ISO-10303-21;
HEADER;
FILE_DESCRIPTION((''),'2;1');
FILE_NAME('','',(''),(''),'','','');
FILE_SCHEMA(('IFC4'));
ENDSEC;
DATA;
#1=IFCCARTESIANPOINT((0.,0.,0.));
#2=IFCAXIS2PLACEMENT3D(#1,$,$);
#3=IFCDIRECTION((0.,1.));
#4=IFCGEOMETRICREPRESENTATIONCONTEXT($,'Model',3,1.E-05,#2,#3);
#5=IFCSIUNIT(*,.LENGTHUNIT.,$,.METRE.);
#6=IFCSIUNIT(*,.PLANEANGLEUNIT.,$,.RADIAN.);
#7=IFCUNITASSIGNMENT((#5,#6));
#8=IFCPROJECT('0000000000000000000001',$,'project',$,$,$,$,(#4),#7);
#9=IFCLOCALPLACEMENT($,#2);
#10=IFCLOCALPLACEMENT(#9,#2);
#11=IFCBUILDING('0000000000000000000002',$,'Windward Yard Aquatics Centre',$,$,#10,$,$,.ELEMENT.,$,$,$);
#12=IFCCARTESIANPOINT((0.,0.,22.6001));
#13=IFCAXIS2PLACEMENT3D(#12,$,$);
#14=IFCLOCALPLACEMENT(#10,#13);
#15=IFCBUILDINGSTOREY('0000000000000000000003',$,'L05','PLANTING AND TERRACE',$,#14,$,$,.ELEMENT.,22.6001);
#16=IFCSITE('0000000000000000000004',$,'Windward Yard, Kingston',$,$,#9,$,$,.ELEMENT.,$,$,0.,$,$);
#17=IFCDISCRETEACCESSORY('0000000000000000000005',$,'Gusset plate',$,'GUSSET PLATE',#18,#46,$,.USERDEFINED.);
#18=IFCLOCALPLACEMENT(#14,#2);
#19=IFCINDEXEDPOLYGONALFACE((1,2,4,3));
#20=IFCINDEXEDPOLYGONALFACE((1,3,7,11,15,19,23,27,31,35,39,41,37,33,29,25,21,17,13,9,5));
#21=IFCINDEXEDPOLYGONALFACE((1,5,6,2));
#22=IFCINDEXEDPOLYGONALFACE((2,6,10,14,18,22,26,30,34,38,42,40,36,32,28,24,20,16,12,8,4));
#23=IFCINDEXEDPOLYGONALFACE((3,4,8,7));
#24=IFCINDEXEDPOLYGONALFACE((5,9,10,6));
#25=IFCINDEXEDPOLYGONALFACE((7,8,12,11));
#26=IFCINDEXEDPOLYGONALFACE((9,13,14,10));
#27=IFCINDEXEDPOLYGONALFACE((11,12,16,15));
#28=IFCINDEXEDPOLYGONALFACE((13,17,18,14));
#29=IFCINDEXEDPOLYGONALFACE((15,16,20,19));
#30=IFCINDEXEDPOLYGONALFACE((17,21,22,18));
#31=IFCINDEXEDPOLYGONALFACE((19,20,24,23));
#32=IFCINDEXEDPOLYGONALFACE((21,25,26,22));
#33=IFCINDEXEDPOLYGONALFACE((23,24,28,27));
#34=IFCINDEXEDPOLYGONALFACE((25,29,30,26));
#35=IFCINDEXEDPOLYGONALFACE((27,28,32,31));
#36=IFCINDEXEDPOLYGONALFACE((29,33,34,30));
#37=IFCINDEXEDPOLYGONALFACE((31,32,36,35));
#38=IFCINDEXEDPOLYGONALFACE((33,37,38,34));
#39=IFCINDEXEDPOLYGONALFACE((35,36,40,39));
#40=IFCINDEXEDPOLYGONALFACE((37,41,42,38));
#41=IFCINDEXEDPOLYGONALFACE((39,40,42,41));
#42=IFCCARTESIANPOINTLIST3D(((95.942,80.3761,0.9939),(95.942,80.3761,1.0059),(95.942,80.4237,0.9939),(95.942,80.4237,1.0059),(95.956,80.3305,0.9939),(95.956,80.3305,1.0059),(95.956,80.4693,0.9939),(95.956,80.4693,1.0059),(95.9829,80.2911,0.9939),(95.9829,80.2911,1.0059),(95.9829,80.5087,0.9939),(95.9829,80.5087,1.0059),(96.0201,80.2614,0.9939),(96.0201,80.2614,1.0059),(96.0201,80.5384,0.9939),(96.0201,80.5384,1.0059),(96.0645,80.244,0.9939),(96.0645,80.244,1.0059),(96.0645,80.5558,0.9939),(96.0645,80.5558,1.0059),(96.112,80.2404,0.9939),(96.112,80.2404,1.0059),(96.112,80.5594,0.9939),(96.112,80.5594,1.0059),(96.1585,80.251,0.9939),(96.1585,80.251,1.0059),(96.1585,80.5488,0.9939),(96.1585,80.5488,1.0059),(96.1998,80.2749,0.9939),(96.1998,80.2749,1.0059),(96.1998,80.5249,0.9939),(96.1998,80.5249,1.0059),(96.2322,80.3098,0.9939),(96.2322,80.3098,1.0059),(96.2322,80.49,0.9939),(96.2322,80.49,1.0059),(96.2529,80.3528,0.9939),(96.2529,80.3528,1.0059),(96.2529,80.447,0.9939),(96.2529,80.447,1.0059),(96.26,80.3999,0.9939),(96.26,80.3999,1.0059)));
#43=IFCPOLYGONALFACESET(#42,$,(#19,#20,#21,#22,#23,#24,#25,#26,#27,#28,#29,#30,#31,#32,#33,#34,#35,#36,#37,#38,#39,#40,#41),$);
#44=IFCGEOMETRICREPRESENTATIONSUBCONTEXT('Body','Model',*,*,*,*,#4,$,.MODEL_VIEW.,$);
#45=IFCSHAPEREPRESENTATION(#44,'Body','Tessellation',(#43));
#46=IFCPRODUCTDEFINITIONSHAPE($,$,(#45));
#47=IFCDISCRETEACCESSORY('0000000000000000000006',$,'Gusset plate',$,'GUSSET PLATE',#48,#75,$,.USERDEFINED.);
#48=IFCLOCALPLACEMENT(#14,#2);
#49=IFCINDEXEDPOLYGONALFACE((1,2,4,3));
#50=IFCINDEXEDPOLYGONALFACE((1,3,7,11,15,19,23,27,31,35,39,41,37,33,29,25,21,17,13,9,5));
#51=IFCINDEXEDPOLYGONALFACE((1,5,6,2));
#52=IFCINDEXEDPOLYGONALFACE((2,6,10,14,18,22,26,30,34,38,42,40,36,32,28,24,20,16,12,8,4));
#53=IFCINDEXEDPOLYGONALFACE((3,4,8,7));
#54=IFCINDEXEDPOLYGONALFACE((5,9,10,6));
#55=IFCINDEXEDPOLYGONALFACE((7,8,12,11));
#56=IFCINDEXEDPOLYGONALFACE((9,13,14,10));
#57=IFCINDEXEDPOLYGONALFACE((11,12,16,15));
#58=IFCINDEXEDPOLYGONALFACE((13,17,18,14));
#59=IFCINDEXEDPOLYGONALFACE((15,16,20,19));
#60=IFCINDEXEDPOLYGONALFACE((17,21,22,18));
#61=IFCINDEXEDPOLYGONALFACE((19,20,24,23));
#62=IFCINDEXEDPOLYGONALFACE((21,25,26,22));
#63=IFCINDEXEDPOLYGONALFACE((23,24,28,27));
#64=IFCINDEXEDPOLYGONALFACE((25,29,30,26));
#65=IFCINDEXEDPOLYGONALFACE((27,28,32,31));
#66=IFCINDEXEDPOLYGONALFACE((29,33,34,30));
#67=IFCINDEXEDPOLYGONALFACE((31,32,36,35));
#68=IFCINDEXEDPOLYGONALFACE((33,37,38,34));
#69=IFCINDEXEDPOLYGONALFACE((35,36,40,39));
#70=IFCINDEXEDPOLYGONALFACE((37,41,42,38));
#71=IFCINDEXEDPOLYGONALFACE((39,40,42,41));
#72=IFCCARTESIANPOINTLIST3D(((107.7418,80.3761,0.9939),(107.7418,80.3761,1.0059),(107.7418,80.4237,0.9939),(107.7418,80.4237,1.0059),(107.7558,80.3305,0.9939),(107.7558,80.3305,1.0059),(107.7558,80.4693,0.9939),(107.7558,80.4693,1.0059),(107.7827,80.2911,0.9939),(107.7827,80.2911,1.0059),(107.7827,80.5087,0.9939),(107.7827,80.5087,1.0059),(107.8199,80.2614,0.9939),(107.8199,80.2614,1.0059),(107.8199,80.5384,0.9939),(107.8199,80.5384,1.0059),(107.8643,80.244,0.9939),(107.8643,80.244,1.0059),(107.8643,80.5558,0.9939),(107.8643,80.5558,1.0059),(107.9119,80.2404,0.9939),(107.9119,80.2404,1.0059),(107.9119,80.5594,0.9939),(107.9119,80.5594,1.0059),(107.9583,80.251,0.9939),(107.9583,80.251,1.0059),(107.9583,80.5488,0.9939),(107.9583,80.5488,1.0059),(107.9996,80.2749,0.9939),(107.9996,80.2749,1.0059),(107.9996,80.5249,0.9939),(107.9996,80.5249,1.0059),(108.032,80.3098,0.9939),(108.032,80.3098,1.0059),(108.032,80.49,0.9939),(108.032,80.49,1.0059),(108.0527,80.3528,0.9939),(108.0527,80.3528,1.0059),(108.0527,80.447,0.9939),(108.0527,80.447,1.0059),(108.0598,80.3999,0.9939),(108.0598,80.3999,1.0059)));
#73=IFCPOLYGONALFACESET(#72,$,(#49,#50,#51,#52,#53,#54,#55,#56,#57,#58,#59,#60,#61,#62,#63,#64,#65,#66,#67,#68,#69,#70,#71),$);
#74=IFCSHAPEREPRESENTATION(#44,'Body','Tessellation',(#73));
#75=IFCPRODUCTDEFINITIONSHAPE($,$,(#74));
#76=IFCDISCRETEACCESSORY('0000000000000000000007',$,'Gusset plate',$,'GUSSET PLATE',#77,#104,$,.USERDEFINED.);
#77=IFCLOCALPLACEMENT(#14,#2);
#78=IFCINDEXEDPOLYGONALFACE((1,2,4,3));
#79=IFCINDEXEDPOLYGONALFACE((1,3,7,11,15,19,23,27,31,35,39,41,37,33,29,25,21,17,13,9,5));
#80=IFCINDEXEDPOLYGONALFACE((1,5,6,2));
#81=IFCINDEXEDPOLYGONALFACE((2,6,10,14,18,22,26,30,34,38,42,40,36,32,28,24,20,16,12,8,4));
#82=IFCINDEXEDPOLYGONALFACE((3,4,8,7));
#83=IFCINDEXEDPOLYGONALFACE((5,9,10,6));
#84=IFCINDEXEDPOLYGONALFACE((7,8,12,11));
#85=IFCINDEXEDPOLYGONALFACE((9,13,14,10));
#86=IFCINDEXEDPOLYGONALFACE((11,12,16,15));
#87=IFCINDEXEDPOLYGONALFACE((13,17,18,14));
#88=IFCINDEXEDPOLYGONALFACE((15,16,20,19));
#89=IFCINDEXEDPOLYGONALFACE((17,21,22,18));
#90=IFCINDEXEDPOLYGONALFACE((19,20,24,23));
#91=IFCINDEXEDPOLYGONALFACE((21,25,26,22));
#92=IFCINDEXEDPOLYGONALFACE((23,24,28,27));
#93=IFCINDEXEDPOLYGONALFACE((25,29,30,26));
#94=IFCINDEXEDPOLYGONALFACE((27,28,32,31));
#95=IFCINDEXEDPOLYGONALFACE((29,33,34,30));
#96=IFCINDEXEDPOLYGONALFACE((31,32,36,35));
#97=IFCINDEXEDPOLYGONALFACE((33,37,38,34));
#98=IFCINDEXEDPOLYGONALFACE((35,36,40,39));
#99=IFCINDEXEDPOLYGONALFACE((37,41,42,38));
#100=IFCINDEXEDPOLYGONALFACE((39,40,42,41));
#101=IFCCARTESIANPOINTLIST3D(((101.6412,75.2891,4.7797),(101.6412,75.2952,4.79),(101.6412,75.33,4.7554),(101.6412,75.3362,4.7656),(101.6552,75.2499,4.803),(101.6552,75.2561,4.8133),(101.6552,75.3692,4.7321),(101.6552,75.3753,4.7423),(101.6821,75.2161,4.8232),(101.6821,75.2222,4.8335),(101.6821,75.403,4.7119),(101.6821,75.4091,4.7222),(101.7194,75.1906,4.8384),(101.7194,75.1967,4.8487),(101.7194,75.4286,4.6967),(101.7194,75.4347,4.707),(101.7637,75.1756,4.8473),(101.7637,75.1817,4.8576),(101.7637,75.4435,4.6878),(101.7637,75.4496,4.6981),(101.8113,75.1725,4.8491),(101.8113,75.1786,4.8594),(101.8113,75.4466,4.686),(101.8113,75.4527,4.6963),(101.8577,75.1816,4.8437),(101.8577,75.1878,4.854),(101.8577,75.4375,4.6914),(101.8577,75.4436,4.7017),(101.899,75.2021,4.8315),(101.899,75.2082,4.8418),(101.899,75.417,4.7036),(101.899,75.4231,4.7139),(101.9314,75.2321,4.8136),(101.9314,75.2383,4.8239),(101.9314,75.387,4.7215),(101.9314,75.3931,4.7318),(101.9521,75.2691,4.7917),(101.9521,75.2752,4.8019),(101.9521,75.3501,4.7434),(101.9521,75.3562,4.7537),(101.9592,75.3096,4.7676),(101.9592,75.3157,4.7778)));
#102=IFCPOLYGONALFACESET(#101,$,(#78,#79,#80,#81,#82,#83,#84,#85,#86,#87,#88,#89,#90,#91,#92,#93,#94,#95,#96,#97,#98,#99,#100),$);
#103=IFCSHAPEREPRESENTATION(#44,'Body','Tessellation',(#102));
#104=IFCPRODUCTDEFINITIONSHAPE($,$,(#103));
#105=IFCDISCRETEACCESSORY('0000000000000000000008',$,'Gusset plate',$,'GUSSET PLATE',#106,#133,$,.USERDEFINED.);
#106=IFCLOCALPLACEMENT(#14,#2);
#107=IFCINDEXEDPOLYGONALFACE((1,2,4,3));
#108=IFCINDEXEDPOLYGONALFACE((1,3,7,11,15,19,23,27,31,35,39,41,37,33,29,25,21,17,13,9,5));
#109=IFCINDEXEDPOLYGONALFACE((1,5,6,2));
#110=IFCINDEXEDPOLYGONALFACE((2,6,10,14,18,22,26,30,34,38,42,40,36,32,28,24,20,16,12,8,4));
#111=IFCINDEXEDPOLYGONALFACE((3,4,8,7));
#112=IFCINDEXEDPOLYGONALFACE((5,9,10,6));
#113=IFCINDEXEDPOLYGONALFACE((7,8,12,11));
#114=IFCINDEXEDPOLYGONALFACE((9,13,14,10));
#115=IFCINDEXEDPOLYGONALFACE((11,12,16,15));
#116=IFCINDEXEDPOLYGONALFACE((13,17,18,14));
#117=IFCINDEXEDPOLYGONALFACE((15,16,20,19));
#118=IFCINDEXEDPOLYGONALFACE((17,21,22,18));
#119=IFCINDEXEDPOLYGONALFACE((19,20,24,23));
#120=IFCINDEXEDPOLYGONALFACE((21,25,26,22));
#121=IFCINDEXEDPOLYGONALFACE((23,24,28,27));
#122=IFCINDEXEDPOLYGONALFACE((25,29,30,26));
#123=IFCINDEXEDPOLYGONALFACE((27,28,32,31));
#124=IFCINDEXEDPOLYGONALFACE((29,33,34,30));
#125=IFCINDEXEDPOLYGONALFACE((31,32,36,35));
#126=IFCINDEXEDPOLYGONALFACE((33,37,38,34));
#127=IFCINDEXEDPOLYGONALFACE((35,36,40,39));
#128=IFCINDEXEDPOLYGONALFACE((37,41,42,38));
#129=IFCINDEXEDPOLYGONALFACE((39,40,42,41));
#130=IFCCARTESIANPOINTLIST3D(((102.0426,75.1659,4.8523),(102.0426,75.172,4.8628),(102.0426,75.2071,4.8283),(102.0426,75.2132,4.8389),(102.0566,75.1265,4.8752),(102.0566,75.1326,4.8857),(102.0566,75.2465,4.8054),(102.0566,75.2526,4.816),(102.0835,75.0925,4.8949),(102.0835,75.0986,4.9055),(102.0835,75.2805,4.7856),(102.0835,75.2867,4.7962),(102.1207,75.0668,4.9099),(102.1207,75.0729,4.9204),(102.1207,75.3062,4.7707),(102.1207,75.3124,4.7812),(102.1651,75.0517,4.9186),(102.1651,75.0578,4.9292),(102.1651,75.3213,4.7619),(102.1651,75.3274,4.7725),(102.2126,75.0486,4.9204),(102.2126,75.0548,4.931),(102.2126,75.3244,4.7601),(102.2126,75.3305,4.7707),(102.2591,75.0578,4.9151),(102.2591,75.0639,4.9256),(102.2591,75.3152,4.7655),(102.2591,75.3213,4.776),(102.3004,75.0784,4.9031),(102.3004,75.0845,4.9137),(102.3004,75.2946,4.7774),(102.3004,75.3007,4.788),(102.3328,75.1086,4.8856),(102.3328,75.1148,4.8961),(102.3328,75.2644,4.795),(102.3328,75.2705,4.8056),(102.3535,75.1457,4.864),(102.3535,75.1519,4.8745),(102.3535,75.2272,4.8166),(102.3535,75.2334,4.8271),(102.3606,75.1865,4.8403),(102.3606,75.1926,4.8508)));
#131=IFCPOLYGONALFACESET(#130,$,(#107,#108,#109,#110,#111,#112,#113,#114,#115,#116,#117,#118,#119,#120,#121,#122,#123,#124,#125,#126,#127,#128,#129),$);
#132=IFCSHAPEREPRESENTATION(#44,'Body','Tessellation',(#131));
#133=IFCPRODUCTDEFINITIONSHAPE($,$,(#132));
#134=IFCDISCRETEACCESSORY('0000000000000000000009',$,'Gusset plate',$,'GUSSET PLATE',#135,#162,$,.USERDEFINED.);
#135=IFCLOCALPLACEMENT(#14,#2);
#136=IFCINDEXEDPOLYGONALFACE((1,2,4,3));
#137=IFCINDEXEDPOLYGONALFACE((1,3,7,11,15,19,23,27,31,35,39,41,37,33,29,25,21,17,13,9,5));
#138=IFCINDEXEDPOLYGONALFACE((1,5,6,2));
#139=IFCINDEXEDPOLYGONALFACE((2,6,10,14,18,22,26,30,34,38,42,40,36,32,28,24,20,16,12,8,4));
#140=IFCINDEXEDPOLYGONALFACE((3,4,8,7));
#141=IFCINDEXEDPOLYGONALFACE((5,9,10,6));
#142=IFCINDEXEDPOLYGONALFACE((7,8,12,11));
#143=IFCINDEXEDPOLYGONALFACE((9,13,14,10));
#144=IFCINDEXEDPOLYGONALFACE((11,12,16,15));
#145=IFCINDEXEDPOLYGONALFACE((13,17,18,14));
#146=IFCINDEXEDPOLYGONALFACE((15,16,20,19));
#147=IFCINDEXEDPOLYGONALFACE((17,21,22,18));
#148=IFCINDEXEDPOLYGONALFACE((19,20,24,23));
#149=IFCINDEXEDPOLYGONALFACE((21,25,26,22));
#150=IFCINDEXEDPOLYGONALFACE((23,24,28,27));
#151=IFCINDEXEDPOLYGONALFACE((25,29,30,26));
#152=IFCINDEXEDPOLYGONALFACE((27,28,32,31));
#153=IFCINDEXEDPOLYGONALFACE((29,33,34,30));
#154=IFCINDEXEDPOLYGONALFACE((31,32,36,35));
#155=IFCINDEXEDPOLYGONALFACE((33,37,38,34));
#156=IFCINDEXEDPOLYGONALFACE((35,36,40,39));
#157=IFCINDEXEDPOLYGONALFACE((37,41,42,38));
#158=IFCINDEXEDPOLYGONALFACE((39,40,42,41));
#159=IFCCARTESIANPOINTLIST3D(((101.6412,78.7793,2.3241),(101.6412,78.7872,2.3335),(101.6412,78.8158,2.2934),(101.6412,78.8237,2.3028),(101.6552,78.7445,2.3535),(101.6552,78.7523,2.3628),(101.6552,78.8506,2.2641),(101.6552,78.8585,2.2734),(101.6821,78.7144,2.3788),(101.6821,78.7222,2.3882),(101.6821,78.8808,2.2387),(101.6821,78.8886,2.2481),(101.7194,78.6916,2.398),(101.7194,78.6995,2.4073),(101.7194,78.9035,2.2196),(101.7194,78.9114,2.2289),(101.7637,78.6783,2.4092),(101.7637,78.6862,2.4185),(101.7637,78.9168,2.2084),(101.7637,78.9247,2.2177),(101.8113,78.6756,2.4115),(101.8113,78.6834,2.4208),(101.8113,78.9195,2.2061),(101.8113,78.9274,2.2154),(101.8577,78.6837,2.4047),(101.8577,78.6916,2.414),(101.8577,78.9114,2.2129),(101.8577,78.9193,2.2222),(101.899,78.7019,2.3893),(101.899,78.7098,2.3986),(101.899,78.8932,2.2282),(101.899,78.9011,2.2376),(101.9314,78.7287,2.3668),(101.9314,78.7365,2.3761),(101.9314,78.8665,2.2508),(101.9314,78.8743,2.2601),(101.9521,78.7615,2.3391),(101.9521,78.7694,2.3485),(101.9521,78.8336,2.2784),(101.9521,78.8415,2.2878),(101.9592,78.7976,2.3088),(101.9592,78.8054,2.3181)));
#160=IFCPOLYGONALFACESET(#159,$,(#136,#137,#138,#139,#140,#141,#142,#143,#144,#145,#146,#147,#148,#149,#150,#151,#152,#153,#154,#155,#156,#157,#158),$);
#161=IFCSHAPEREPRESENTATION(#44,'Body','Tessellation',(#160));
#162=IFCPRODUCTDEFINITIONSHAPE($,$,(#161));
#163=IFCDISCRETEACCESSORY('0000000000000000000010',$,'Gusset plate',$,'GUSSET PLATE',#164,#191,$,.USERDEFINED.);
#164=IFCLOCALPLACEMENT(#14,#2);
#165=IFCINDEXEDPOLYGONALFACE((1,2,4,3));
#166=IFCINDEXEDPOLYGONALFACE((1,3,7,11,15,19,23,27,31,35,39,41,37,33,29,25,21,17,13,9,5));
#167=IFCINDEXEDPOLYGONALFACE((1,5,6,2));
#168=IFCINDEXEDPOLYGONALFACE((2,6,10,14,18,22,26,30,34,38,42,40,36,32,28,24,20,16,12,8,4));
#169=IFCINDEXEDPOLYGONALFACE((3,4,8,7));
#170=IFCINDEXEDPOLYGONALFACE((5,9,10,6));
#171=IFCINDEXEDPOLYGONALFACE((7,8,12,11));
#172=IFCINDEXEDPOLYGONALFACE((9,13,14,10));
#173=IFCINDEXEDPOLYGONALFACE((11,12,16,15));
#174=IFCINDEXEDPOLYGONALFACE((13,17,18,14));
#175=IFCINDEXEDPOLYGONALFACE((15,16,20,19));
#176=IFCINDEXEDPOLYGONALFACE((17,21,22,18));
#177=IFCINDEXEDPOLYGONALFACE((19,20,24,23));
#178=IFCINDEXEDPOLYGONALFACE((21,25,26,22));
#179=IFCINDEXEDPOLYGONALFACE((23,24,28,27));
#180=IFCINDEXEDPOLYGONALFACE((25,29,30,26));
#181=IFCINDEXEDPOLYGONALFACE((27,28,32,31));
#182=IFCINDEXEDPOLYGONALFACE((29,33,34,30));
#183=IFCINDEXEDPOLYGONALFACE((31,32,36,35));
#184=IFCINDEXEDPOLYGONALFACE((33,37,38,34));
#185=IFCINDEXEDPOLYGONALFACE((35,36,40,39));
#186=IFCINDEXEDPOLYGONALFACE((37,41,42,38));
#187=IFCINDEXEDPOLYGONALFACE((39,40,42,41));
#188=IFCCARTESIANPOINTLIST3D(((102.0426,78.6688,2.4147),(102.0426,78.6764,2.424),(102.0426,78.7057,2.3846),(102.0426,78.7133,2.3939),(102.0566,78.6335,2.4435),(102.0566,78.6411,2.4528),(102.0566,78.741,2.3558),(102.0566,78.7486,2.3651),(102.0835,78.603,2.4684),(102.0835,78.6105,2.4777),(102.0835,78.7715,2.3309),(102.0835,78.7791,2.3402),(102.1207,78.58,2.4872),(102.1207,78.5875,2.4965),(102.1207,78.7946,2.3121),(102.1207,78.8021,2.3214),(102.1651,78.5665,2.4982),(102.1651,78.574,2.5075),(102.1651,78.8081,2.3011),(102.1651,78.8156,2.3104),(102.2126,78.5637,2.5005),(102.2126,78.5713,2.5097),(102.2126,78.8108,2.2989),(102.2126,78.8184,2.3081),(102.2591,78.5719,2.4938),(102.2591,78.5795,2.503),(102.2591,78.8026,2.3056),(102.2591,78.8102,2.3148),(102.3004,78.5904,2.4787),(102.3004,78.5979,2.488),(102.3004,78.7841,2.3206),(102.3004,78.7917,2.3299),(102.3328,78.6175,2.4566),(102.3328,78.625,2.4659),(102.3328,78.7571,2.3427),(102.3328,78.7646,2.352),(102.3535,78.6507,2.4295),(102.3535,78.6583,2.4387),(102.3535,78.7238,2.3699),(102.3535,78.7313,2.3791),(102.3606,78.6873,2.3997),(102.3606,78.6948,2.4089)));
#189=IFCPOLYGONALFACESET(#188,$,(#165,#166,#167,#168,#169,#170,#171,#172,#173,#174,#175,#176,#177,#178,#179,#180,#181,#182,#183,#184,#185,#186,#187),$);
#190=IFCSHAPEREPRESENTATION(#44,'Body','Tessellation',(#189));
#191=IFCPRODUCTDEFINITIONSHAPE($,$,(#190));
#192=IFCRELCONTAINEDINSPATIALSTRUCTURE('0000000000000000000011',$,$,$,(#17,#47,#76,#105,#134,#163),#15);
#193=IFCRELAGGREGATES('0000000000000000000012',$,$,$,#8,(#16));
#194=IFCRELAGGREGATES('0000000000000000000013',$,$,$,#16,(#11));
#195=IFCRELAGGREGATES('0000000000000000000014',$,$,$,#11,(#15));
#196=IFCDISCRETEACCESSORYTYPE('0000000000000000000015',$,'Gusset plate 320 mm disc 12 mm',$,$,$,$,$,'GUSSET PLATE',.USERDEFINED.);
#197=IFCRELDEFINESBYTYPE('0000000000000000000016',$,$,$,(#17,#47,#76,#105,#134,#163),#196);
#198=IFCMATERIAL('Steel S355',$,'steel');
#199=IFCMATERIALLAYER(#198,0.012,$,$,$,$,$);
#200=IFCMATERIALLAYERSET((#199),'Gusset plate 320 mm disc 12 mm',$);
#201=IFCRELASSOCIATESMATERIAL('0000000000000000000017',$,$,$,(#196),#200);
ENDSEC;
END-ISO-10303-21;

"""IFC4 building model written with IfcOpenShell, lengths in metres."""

from ifc_helpers import new_model, si_unit, direction, frame, origin, origin_2d, place, context, subcontext, project, spatial, circle, extrude, material, layer, layer_set, type_object, element, save


model = new_model("IFC4")

# Units and contexts
model_context = context("Model", 3, precision=1e-05, world=origin(), true_north=direction((0.0, 1.0)))
body_context = subcontext(model_context, "Body", "Model", "MODEL_VIEW")
ifc_project = project(units=[si_unit("LENGTHUNIT", "METRE"), si_unit("PLANEANGLEUNIT", "RADIAN")], contexts=[model_context])

# Site, building, storey
site_placement = place(None, origin())
site = spatial("IfcSite", under=ifc_project, at=site_placement, Name="Windward Yard, Kingston", CompositionType="ELEMENT", RefElevation=0.0)
building_placement = place(site_placement, origin())
building = spatial("IfcBuilding", under=site, at=building_placement, Name="Windward Yard Aquatics Centre", CompositionType="ELEMENT")
storey_placement = place(building_placement, frame((0.0, 0.0, 22.6001)))
storey = spatial("IfcBuildingStorey", under=building, at=storey_placement, Name="L05", Description="PLANTING AND TERRACE", CompositionType="ELEMENT", Elevation=22.6001)

# Discrete accessories
ifc_material_1 = material(Name="Steel S355", Category="steel")
ifc_layer_1 = layer(ifc_material_1, 0.012)
ifc_layer_set_1 = layer_set([ifc_layer_1], Name="Gusset plate 320 mm disc 12 mm")
discrete_accessory_type_1 = type_object("IfcDiscreteAccessoryType", Name="Gusset plate 320 mm disc 12 mm", ElementType="GUSSET PLATE", PredefinedType="USERDEFINED", material=ifc_layer_set_1)
for number, where, z_axis, x_axis, name in (
    (1, (96.1001, 80.3999, 0.9939), (0.0, 0.0, 1.0), (1.0, 0.0, 0.0), "Gusset plate"),
    (2, (107.8999, 80.3999, 0.9939), (0.0, 0.0, 1.0), (1.0, 0.0, 0.0), "Gusset plate"),
    (3, (101.7993, 75.3157, 4.7778), (0.0, -0.511484, -0.859293), (1.0, 0.0, 0.0), "Gusset plate"),
):
    element("IfcDiscreteAccessory", number, at=place(storey_placement, frame(where, z_axis=z_axis, x_axis=x_axis)), inside=storey, type_object=discrete_accessory_type_1, Name=name, ObjectType="GUSSET PLATE", PredefinedType="USERDEFINED", context=body_context, shape_type="SweptSolid", body=[
        extrude(circle(Radius=0.1599, at=origin_2d()), origin(), (0.0, 0.0, 1.0), 0.012),
    ])
for number, where, z_axis, x_axis, name in (
    (4, (102.2007, 75.1926, 4.8508), (0.0, -0.50262, -0.864507), (1.0, 0.0, 0.0), "Gusset plate"),
    (5, (101.7993, 78.8054, 2.3181), (0.0, -0.644136, -0.764911), (1.0, 0.0, 0.0), "Gusset plate"),
):
    element("IfcDiscreteAccessory", number, at=place(storey_placement, frame(where, z_axis=z_axis, x_axis=x_axis)), inside=storey, type_object=discrete_accessory_type_1, Name=name, ObjectType="GUSSET PLATE", PredefinedType="USERDEFINED", context=body_context, shape_type="SweptSolid", body=[
        extrude(circle(Radius=0.1599, at=origin_2d()), origin(), (0.0, 0.0, 1.0), 0.0122),
    ])
for number, where, z_axis, x_axis, name in (
    (6, (102.2007, 78.6948, 2.4089), (0.0, -0.632127, -0.774865), (1.0, 0.0, 0.0), "Gusset plate"),
):
    element("IfcDiscreteAccessory", number, at=place(storey_placement, frame(where, z_axis=z_axis, x_axis=x_axis)), inside=storey, type_object=discrete_accessory_type_1, Name=name, ObjectType="GUSSET PLATE", PredefinedType="USERDEFINED", context=body_context, shape_type="SweptSolid", body=[
        extrude(circle(Radius=0.1599, at=origin_2d()), origin(), (0.0, 0.0, 1.0), 0.012),
    ])

save(model, "model.ifc")
